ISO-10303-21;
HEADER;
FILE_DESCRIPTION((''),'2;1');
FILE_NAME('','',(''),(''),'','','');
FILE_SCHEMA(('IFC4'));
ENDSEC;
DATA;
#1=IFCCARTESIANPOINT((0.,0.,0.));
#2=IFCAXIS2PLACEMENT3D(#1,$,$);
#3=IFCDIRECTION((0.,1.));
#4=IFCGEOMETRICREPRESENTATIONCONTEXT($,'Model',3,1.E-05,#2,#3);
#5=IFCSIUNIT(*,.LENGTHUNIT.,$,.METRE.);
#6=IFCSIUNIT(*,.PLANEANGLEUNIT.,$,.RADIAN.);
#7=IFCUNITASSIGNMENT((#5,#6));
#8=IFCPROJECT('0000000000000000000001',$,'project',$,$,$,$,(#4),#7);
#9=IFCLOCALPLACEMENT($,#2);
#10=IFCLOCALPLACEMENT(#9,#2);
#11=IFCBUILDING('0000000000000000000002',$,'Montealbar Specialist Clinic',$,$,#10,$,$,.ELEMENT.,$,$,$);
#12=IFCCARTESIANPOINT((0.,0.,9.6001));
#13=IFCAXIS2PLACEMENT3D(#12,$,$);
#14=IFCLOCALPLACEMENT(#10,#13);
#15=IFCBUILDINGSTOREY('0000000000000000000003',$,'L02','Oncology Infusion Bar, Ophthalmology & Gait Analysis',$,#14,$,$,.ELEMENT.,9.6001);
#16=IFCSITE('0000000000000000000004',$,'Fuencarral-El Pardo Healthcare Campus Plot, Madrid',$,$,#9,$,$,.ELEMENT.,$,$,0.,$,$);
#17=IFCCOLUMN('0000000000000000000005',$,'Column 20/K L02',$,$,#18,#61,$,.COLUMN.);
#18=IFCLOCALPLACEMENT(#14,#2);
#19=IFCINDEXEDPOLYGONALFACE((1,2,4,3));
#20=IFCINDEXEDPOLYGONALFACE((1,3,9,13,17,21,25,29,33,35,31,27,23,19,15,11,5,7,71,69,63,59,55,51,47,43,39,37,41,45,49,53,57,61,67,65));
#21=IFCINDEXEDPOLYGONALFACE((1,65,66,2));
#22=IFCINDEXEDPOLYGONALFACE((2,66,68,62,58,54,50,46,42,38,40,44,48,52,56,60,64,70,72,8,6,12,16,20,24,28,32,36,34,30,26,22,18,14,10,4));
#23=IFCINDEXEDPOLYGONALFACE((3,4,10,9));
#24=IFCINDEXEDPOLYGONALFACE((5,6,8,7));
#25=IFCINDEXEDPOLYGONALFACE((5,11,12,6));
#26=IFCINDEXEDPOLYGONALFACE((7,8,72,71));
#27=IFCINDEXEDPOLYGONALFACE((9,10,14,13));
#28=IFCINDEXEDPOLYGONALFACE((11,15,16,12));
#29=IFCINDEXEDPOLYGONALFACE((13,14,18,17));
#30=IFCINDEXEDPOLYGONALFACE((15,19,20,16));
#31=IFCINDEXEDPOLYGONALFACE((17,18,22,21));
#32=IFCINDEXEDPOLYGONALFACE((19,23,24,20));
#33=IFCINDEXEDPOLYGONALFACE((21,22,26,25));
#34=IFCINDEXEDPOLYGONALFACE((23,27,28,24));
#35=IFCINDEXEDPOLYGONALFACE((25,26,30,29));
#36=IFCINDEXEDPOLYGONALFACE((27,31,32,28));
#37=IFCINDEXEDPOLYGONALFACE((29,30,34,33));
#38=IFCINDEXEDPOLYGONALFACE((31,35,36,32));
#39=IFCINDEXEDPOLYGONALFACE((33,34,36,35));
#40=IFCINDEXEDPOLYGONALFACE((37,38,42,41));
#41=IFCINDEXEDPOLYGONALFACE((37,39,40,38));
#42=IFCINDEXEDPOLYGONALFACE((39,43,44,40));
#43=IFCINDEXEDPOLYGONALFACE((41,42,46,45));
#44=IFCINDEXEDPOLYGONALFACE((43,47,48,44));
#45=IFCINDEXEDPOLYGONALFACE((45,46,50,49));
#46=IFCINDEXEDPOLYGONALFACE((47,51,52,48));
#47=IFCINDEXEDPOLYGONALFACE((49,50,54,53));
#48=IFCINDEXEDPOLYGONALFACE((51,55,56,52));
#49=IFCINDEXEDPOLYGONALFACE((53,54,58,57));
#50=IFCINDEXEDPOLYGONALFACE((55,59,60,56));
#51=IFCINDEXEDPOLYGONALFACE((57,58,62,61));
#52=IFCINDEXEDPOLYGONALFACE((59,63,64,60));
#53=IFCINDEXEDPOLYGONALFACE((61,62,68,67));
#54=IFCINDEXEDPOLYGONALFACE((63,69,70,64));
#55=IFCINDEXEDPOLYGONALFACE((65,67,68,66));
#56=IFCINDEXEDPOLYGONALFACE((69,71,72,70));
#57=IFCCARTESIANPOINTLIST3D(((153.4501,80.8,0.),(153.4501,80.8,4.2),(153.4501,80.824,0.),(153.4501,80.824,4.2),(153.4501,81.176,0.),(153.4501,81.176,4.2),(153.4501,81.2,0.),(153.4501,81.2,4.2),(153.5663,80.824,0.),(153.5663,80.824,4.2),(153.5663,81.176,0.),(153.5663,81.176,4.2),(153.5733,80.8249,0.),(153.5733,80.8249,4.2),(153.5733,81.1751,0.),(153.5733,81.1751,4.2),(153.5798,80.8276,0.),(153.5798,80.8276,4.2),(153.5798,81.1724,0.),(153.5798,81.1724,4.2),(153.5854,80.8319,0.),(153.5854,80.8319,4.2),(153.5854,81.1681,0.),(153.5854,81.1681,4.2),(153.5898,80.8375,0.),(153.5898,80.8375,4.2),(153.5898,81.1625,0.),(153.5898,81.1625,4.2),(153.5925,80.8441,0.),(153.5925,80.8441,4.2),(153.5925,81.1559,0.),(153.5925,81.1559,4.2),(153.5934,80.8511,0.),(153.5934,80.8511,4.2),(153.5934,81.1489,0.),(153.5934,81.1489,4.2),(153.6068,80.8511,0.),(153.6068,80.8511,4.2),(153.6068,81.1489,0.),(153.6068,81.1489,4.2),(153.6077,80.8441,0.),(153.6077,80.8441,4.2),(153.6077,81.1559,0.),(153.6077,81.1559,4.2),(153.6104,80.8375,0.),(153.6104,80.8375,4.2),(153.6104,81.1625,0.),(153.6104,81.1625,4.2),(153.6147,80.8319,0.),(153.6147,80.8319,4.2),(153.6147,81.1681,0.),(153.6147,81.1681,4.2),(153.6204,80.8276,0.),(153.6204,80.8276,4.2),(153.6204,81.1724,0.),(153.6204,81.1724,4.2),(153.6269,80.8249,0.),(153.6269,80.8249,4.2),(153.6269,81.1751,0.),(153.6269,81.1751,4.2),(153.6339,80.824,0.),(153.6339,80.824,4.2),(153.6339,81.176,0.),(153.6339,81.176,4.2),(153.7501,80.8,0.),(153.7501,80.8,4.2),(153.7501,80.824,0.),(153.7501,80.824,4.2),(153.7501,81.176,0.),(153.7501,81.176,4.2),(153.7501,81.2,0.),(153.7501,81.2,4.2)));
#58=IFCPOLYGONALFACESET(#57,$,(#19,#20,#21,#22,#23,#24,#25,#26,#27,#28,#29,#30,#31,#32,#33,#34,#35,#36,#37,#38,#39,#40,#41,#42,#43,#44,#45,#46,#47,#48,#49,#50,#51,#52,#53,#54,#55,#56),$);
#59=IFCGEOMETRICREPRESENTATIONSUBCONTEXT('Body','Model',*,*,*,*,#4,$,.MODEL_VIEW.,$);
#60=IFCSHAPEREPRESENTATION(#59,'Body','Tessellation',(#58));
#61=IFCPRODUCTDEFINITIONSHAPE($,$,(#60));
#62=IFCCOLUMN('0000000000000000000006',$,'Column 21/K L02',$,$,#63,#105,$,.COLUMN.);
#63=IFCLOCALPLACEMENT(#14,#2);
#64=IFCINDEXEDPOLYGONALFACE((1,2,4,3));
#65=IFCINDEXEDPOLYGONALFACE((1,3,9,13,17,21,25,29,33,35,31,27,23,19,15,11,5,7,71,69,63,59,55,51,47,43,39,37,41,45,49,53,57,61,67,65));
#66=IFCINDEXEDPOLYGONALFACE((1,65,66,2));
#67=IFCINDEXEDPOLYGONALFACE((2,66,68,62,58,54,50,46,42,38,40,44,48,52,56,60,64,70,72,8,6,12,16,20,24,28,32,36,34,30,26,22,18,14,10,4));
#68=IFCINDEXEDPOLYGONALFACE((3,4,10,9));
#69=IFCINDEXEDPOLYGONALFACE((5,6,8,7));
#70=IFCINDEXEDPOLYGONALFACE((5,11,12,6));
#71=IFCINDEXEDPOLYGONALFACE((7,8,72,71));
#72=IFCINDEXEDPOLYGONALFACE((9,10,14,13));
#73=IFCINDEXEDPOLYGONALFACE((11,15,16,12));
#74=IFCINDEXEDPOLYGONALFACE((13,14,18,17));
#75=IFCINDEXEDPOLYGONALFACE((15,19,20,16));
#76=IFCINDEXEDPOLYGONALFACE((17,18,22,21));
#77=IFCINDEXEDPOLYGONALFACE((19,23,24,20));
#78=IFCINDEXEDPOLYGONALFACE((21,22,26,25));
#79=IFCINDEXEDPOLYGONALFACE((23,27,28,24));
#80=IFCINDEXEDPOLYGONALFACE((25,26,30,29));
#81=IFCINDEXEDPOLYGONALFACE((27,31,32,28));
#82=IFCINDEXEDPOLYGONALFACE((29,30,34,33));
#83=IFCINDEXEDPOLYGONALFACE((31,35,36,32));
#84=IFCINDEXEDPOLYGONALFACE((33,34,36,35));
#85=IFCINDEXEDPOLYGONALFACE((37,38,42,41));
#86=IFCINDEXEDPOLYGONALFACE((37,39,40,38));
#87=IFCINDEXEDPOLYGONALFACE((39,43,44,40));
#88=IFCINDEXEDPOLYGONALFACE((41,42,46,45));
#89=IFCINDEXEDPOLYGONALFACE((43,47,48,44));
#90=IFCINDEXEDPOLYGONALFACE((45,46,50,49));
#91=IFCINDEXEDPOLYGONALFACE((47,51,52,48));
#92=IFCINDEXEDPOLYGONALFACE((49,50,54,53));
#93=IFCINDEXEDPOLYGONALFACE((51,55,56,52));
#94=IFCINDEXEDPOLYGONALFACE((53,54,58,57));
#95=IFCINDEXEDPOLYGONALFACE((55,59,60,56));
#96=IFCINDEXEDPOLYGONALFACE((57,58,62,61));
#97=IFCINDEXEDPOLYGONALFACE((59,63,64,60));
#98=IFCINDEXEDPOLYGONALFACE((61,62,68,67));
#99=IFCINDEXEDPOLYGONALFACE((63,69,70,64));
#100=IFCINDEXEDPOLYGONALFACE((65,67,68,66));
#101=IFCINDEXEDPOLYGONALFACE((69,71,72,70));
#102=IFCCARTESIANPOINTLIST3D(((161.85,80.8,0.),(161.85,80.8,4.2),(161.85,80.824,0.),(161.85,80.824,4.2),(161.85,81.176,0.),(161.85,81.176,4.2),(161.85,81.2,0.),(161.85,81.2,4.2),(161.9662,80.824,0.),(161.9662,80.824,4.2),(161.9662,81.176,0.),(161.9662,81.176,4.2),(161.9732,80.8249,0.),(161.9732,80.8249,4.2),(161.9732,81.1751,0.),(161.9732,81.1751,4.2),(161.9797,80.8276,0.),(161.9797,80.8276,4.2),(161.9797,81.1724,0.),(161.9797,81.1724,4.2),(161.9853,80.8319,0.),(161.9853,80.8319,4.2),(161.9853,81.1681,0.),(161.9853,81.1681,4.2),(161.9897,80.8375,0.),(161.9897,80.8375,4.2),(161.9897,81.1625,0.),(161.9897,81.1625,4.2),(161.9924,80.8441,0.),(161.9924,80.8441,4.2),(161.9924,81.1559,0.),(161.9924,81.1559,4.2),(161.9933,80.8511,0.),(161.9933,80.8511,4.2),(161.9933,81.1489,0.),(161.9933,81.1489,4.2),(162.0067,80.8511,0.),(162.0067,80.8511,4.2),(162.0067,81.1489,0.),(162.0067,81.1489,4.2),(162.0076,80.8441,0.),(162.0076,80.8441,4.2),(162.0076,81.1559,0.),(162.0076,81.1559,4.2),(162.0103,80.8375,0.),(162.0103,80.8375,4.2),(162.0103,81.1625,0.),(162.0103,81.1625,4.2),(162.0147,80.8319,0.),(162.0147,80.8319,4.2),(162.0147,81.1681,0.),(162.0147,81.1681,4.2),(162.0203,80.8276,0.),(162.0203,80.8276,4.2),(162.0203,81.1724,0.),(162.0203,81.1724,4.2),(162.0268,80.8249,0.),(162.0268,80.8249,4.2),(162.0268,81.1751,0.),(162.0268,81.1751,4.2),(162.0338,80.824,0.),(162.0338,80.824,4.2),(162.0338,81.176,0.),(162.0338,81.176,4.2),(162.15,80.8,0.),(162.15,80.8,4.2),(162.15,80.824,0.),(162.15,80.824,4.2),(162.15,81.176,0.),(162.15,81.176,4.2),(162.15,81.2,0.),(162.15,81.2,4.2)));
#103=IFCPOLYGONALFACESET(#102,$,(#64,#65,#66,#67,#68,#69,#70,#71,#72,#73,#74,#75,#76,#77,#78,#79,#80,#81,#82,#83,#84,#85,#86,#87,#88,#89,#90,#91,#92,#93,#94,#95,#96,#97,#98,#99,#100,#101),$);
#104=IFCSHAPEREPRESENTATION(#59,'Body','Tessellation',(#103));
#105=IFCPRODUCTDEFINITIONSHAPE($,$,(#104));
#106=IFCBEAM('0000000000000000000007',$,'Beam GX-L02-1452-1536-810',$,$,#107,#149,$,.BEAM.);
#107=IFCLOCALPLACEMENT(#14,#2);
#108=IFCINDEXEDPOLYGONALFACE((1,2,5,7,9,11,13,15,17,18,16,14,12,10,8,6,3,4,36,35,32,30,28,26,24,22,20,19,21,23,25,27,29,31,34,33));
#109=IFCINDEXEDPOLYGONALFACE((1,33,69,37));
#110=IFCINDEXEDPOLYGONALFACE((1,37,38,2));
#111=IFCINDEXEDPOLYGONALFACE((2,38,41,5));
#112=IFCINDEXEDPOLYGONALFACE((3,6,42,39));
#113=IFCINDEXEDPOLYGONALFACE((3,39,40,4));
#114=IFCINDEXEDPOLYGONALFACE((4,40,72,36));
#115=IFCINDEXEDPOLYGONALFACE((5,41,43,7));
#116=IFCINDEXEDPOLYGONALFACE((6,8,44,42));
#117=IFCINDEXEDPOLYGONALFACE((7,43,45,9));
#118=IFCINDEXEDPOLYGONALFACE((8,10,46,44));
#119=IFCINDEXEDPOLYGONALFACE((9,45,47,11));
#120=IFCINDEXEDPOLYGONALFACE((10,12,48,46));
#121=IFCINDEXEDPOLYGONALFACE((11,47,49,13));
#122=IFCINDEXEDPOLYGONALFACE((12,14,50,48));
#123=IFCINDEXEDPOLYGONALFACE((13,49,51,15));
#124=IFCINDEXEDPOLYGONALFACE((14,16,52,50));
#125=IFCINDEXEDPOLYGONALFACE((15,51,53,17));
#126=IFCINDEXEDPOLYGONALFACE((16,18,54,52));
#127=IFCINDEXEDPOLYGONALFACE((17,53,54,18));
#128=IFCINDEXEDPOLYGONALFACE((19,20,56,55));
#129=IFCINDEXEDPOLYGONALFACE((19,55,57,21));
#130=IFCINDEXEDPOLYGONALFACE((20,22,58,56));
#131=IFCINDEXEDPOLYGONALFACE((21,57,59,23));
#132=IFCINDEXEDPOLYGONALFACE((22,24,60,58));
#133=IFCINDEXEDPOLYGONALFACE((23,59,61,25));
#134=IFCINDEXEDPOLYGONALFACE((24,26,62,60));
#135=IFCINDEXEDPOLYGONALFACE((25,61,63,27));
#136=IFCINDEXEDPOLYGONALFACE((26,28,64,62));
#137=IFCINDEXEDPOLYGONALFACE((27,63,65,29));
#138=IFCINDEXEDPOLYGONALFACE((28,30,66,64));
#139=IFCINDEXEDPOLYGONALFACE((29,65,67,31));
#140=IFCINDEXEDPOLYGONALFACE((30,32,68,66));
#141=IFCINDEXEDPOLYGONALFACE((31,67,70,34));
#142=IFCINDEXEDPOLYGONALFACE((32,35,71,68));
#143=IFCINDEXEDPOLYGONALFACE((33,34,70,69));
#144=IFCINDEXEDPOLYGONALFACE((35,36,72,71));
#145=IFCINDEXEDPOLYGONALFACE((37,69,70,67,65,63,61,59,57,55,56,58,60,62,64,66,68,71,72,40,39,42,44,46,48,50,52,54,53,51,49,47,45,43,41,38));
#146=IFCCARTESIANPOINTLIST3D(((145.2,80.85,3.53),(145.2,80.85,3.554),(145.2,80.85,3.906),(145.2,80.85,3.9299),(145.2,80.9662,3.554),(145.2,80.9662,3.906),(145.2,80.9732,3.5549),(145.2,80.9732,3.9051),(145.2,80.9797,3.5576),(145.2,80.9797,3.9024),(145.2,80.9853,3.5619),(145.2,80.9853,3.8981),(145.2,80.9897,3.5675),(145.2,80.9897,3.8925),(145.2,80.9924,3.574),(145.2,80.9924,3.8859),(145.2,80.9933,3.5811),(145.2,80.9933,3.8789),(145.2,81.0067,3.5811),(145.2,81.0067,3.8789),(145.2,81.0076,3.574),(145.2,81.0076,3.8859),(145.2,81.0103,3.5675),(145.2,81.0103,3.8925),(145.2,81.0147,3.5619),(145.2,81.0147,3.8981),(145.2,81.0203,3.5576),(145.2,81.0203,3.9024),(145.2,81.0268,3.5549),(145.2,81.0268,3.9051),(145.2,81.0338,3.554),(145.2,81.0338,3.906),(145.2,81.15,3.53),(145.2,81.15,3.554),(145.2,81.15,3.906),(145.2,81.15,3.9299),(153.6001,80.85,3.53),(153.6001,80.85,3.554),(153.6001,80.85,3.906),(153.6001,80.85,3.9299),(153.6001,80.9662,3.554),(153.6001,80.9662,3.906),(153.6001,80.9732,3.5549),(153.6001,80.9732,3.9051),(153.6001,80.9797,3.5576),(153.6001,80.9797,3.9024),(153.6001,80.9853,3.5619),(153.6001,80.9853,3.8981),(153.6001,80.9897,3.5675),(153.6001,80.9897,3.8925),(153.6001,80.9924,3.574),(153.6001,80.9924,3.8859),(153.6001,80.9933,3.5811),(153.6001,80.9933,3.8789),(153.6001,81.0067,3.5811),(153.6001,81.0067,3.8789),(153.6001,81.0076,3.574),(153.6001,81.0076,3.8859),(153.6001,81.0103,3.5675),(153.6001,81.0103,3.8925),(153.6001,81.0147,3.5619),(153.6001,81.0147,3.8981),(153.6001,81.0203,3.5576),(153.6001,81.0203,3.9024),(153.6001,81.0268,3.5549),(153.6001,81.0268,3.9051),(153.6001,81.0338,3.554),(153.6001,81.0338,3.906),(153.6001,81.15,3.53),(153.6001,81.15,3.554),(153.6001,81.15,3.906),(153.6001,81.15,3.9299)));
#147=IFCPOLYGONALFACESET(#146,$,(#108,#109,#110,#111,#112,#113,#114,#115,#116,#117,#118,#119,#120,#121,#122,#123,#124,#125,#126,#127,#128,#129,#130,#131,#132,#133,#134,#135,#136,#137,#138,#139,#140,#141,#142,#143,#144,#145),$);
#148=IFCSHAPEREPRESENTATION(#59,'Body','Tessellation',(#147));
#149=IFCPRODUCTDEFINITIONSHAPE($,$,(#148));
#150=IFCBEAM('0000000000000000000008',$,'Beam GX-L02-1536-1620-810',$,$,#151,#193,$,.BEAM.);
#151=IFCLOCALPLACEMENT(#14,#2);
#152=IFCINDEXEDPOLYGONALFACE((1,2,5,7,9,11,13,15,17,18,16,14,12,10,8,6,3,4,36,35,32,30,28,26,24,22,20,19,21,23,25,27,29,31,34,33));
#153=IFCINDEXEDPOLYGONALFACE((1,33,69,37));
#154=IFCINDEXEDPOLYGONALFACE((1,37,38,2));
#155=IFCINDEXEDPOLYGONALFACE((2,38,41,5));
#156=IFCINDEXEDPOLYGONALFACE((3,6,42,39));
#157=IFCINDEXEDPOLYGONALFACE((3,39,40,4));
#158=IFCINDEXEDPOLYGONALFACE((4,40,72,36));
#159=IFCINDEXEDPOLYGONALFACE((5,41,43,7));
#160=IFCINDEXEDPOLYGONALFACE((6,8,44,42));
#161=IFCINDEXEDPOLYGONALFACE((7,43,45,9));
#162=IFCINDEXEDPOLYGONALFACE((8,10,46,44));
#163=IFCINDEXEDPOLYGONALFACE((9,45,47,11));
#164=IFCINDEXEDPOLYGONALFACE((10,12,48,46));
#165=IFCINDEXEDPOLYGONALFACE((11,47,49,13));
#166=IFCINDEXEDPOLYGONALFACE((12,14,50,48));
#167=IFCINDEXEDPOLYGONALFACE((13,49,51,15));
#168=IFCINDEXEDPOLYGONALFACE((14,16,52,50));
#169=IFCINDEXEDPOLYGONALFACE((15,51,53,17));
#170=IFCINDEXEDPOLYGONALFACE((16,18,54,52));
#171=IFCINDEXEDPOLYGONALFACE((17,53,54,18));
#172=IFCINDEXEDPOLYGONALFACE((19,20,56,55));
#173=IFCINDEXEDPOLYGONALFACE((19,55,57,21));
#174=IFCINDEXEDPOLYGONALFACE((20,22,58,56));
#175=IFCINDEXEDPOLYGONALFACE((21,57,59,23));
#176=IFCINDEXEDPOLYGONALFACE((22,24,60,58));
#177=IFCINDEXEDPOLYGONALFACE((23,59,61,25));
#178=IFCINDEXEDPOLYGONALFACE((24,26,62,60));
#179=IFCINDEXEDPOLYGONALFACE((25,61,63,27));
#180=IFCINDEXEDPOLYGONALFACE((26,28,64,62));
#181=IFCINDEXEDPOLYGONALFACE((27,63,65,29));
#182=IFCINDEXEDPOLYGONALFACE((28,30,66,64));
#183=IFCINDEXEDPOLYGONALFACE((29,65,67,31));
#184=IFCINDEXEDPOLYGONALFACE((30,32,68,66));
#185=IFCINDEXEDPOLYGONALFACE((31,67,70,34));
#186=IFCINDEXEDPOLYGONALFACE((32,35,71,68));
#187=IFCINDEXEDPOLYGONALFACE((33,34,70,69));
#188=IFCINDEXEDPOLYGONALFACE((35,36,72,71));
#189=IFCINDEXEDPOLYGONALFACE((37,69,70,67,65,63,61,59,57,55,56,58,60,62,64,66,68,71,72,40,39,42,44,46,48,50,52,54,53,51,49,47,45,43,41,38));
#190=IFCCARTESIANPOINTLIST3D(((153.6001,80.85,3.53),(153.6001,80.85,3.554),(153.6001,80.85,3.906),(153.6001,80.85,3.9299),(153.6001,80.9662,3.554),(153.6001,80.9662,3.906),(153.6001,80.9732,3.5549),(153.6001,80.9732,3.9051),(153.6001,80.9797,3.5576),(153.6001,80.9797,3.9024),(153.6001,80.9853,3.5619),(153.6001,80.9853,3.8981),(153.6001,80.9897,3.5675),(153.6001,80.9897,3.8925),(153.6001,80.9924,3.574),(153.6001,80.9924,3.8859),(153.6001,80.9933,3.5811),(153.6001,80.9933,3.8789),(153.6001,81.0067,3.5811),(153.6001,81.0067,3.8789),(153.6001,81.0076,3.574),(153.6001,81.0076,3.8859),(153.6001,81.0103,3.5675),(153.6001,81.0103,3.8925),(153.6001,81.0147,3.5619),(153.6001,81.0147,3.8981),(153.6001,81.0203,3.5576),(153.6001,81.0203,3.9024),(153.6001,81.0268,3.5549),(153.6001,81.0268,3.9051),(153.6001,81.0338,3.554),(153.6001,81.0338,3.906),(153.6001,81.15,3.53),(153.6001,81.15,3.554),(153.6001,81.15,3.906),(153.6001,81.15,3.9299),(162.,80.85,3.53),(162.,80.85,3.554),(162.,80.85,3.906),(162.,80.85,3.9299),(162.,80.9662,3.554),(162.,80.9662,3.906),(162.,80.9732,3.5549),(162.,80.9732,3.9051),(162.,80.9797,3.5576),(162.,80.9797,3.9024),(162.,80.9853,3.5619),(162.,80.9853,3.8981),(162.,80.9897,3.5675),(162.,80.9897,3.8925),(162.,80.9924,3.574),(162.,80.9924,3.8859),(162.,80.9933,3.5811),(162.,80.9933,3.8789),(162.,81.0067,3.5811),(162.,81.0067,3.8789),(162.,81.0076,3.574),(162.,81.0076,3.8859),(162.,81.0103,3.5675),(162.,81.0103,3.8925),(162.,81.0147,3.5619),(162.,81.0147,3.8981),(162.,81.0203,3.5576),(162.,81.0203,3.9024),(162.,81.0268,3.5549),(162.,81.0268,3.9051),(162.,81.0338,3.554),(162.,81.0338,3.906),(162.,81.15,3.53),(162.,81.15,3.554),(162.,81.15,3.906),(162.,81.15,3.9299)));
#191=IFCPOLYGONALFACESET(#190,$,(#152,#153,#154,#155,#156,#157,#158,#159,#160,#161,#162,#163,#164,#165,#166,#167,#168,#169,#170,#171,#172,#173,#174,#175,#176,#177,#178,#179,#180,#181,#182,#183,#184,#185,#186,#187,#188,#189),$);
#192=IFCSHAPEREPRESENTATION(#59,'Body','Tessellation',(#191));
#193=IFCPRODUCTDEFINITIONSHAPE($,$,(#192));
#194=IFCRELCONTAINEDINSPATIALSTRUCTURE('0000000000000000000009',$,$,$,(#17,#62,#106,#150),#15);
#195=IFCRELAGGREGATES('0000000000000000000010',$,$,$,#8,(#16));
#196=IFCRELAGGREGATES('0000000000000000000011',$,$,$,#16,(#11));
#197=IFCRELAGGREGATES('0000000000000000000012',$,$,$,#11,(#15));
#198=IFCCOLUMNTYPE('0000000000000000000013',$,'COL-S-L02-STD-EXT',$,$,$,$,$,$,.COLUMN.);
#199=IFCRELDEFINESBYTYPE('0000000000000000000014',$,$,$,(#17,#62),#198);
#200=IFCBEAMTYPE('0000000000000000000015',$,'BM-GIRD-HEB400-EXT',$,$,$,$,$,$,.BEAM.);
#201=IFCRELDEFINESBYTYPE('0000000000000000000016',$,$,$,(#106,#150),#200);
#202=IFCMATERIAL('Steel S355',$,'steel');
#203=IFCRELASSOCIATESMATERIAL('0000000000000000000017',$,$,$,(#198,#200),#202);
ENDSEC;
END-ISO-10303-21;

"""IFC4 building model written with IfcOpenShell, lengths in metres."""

from ifc_helpers import new_model, si_unit, direction, frame, origin, origin_2d, place, context, subcontext, project, spatial, i_section, extrude, material, material_profile, profile_set, type_object, element, save


model = new_model("IFC4")

# Units and contexts
model_context = context("Model", 3, precision=1e-05, world=origin(), true_north=direction((0.0, 1.0)))
body_context = subcontext(model_context, "Body", "Model", "MODEL_VIEW")
ifc_project = project(units=[si_unit("LENGTHUNIT", "METRE"), si_unit("PLANEANGLEUNIT", "RADIAN")], contexts=[model_context])

# Site, building, storey
site_placement = place(None, origin())
site = spatial("IfcSite", under=ifc_project, at=site_placement, Name="Fuencarral-El Pardo Healthcare Campus Plot, Madrid", CompositionType="ELEMENT", RefElevation=0.0)
building_placement = place(site_placement, origin())
building = spatial("IfcBuilding", under=site, at=building_placement, Name="Montealbar Specialist Clinic", CompositionType="ELEMENT")
storey_placement = place(building_placement, frame((0.0, 0.0, 9.6001)))
storey = spatial("IfcBuildingStorey", under=building, at=storey_placement, Name="L02", Description="Oncology Infusion Bar, Ophthalmology & Gait Analysis", CompositionType="ELEMENT", Elevation=9.6001)

# Columns
ifc_material_1 = material(Name="Steel S355", Category="steel")
ifc_material_profile_1 = material_profile(ifc_material_1, i_section(OverallWidth=0.3, OverallDepth=0.3999, WebThickness=0.0134, FlangeThickness=0.0239, FilletRadius=0.0271, at=origin_2d()), Name="HEB 400", Category="steel")
ifc_profile_set_1 = profile_set([ifc_material_profile_1], Name="Steel S355")
column_type = type_object("IfcColumnType", Name="COL-S-L02-STD-EXT", PredefinedType="COLUMN", material=ifc_profile_set_1)
for number, where, z_axis, x_axis, name in (
    (1, (153.6001, 81.0, 0.0), (0.0, 0.0, 1.0), (1.0, 0.0, 0.0), "Column 20/K L02"),
    (2, (162.0, 81.0, 0.0), (0.0, 0.0, 1.0), (1.0, 0.0, 0.0), "Column 21/K L02"),
):
    element("IfcColumn", number, at=place(storey_placement, frame(where, z_axis=z_axis, x_axis=x_axis)), inside=storey, type_object=column_type, Name=name, PredefinedType="COLUMN", context=body_context, shape_type="SweptSolid", body=[
        extrude(i_section(OverallWidth=0.3, OverallDepth=0.3999, WebThickness=0.0134, FlangeThickness=0.0239, FilletRadius=0.0271, at=origin_2d()), origin(), (0.0, 0.0, 1.0), 4.2),
    ])

# Beams
ifc_material_profile_2 = material_profile(ifc_material_1, i_section(OverallWidth=0.3, OverallDepth=0.3999, WebThickness=0.0134, FlangeThickness=0.0239, FilletRadius=0.0271, at=origin_2d()), Name="HEB 400", Category="steel")
ifc_profile_set_2 = profile_set([ifc_material_profile_2], Name="Steel S355")
beam_type = type_object("IfcBeamType", Name="BM-GIRD-HEB400-EXT", PredefinedType="BEAM", material=ifc_profile_set_2)
beam_1_placement = place(storey_placement, frame((145.2, 81.0, 3.73), z_axis=(1.0, 0.0, 0.0), x_axis=(0.0, 1.0, 0.0)))
element("IfcBeam", 3, at=beam_1_placement, inside=storey, type_object=beam_type, Name="Beam GX-L02-1452-1536-810", PredefinedType="BEAM", context=body_context, shape_type="SweptSolid", body=[
    extrude(i_section(OverallWidth=0.3, OverallDepth=0.3999, WebThickness=0.0134, FlangeThickness=0.0239, FilletRadius=0.0271, at=origin_2d()), origin(), (0.0, 0.0, 1.0), 8.4001),
])
beam_2_placement = place(storey_placement, frame((153.6001, 81.0, 3.73), z_axis=(1.0, 0.0, 0.0), x_axis=(0.0, 1.0, 0.0)))
element("IfcBeam", 4, at=beam_2_placement, inside=storey, type_object=beam_type, Name="Beam GX-L02-1536-1620-810", PredefinedType="BEAM", context=body_context, shape_type="SweptSolid", body=[
    extrude(i_section(OverallWidth=0.3, OverallDepth=0.3999, WebThickness=0.0134, FlangeThickness=0.0239, FilletRadius=0.0271, at=origin_2d()), origin(), (0.0, 0.0, 1.0), 8.3999),
])

save(model, "model.ifc")
